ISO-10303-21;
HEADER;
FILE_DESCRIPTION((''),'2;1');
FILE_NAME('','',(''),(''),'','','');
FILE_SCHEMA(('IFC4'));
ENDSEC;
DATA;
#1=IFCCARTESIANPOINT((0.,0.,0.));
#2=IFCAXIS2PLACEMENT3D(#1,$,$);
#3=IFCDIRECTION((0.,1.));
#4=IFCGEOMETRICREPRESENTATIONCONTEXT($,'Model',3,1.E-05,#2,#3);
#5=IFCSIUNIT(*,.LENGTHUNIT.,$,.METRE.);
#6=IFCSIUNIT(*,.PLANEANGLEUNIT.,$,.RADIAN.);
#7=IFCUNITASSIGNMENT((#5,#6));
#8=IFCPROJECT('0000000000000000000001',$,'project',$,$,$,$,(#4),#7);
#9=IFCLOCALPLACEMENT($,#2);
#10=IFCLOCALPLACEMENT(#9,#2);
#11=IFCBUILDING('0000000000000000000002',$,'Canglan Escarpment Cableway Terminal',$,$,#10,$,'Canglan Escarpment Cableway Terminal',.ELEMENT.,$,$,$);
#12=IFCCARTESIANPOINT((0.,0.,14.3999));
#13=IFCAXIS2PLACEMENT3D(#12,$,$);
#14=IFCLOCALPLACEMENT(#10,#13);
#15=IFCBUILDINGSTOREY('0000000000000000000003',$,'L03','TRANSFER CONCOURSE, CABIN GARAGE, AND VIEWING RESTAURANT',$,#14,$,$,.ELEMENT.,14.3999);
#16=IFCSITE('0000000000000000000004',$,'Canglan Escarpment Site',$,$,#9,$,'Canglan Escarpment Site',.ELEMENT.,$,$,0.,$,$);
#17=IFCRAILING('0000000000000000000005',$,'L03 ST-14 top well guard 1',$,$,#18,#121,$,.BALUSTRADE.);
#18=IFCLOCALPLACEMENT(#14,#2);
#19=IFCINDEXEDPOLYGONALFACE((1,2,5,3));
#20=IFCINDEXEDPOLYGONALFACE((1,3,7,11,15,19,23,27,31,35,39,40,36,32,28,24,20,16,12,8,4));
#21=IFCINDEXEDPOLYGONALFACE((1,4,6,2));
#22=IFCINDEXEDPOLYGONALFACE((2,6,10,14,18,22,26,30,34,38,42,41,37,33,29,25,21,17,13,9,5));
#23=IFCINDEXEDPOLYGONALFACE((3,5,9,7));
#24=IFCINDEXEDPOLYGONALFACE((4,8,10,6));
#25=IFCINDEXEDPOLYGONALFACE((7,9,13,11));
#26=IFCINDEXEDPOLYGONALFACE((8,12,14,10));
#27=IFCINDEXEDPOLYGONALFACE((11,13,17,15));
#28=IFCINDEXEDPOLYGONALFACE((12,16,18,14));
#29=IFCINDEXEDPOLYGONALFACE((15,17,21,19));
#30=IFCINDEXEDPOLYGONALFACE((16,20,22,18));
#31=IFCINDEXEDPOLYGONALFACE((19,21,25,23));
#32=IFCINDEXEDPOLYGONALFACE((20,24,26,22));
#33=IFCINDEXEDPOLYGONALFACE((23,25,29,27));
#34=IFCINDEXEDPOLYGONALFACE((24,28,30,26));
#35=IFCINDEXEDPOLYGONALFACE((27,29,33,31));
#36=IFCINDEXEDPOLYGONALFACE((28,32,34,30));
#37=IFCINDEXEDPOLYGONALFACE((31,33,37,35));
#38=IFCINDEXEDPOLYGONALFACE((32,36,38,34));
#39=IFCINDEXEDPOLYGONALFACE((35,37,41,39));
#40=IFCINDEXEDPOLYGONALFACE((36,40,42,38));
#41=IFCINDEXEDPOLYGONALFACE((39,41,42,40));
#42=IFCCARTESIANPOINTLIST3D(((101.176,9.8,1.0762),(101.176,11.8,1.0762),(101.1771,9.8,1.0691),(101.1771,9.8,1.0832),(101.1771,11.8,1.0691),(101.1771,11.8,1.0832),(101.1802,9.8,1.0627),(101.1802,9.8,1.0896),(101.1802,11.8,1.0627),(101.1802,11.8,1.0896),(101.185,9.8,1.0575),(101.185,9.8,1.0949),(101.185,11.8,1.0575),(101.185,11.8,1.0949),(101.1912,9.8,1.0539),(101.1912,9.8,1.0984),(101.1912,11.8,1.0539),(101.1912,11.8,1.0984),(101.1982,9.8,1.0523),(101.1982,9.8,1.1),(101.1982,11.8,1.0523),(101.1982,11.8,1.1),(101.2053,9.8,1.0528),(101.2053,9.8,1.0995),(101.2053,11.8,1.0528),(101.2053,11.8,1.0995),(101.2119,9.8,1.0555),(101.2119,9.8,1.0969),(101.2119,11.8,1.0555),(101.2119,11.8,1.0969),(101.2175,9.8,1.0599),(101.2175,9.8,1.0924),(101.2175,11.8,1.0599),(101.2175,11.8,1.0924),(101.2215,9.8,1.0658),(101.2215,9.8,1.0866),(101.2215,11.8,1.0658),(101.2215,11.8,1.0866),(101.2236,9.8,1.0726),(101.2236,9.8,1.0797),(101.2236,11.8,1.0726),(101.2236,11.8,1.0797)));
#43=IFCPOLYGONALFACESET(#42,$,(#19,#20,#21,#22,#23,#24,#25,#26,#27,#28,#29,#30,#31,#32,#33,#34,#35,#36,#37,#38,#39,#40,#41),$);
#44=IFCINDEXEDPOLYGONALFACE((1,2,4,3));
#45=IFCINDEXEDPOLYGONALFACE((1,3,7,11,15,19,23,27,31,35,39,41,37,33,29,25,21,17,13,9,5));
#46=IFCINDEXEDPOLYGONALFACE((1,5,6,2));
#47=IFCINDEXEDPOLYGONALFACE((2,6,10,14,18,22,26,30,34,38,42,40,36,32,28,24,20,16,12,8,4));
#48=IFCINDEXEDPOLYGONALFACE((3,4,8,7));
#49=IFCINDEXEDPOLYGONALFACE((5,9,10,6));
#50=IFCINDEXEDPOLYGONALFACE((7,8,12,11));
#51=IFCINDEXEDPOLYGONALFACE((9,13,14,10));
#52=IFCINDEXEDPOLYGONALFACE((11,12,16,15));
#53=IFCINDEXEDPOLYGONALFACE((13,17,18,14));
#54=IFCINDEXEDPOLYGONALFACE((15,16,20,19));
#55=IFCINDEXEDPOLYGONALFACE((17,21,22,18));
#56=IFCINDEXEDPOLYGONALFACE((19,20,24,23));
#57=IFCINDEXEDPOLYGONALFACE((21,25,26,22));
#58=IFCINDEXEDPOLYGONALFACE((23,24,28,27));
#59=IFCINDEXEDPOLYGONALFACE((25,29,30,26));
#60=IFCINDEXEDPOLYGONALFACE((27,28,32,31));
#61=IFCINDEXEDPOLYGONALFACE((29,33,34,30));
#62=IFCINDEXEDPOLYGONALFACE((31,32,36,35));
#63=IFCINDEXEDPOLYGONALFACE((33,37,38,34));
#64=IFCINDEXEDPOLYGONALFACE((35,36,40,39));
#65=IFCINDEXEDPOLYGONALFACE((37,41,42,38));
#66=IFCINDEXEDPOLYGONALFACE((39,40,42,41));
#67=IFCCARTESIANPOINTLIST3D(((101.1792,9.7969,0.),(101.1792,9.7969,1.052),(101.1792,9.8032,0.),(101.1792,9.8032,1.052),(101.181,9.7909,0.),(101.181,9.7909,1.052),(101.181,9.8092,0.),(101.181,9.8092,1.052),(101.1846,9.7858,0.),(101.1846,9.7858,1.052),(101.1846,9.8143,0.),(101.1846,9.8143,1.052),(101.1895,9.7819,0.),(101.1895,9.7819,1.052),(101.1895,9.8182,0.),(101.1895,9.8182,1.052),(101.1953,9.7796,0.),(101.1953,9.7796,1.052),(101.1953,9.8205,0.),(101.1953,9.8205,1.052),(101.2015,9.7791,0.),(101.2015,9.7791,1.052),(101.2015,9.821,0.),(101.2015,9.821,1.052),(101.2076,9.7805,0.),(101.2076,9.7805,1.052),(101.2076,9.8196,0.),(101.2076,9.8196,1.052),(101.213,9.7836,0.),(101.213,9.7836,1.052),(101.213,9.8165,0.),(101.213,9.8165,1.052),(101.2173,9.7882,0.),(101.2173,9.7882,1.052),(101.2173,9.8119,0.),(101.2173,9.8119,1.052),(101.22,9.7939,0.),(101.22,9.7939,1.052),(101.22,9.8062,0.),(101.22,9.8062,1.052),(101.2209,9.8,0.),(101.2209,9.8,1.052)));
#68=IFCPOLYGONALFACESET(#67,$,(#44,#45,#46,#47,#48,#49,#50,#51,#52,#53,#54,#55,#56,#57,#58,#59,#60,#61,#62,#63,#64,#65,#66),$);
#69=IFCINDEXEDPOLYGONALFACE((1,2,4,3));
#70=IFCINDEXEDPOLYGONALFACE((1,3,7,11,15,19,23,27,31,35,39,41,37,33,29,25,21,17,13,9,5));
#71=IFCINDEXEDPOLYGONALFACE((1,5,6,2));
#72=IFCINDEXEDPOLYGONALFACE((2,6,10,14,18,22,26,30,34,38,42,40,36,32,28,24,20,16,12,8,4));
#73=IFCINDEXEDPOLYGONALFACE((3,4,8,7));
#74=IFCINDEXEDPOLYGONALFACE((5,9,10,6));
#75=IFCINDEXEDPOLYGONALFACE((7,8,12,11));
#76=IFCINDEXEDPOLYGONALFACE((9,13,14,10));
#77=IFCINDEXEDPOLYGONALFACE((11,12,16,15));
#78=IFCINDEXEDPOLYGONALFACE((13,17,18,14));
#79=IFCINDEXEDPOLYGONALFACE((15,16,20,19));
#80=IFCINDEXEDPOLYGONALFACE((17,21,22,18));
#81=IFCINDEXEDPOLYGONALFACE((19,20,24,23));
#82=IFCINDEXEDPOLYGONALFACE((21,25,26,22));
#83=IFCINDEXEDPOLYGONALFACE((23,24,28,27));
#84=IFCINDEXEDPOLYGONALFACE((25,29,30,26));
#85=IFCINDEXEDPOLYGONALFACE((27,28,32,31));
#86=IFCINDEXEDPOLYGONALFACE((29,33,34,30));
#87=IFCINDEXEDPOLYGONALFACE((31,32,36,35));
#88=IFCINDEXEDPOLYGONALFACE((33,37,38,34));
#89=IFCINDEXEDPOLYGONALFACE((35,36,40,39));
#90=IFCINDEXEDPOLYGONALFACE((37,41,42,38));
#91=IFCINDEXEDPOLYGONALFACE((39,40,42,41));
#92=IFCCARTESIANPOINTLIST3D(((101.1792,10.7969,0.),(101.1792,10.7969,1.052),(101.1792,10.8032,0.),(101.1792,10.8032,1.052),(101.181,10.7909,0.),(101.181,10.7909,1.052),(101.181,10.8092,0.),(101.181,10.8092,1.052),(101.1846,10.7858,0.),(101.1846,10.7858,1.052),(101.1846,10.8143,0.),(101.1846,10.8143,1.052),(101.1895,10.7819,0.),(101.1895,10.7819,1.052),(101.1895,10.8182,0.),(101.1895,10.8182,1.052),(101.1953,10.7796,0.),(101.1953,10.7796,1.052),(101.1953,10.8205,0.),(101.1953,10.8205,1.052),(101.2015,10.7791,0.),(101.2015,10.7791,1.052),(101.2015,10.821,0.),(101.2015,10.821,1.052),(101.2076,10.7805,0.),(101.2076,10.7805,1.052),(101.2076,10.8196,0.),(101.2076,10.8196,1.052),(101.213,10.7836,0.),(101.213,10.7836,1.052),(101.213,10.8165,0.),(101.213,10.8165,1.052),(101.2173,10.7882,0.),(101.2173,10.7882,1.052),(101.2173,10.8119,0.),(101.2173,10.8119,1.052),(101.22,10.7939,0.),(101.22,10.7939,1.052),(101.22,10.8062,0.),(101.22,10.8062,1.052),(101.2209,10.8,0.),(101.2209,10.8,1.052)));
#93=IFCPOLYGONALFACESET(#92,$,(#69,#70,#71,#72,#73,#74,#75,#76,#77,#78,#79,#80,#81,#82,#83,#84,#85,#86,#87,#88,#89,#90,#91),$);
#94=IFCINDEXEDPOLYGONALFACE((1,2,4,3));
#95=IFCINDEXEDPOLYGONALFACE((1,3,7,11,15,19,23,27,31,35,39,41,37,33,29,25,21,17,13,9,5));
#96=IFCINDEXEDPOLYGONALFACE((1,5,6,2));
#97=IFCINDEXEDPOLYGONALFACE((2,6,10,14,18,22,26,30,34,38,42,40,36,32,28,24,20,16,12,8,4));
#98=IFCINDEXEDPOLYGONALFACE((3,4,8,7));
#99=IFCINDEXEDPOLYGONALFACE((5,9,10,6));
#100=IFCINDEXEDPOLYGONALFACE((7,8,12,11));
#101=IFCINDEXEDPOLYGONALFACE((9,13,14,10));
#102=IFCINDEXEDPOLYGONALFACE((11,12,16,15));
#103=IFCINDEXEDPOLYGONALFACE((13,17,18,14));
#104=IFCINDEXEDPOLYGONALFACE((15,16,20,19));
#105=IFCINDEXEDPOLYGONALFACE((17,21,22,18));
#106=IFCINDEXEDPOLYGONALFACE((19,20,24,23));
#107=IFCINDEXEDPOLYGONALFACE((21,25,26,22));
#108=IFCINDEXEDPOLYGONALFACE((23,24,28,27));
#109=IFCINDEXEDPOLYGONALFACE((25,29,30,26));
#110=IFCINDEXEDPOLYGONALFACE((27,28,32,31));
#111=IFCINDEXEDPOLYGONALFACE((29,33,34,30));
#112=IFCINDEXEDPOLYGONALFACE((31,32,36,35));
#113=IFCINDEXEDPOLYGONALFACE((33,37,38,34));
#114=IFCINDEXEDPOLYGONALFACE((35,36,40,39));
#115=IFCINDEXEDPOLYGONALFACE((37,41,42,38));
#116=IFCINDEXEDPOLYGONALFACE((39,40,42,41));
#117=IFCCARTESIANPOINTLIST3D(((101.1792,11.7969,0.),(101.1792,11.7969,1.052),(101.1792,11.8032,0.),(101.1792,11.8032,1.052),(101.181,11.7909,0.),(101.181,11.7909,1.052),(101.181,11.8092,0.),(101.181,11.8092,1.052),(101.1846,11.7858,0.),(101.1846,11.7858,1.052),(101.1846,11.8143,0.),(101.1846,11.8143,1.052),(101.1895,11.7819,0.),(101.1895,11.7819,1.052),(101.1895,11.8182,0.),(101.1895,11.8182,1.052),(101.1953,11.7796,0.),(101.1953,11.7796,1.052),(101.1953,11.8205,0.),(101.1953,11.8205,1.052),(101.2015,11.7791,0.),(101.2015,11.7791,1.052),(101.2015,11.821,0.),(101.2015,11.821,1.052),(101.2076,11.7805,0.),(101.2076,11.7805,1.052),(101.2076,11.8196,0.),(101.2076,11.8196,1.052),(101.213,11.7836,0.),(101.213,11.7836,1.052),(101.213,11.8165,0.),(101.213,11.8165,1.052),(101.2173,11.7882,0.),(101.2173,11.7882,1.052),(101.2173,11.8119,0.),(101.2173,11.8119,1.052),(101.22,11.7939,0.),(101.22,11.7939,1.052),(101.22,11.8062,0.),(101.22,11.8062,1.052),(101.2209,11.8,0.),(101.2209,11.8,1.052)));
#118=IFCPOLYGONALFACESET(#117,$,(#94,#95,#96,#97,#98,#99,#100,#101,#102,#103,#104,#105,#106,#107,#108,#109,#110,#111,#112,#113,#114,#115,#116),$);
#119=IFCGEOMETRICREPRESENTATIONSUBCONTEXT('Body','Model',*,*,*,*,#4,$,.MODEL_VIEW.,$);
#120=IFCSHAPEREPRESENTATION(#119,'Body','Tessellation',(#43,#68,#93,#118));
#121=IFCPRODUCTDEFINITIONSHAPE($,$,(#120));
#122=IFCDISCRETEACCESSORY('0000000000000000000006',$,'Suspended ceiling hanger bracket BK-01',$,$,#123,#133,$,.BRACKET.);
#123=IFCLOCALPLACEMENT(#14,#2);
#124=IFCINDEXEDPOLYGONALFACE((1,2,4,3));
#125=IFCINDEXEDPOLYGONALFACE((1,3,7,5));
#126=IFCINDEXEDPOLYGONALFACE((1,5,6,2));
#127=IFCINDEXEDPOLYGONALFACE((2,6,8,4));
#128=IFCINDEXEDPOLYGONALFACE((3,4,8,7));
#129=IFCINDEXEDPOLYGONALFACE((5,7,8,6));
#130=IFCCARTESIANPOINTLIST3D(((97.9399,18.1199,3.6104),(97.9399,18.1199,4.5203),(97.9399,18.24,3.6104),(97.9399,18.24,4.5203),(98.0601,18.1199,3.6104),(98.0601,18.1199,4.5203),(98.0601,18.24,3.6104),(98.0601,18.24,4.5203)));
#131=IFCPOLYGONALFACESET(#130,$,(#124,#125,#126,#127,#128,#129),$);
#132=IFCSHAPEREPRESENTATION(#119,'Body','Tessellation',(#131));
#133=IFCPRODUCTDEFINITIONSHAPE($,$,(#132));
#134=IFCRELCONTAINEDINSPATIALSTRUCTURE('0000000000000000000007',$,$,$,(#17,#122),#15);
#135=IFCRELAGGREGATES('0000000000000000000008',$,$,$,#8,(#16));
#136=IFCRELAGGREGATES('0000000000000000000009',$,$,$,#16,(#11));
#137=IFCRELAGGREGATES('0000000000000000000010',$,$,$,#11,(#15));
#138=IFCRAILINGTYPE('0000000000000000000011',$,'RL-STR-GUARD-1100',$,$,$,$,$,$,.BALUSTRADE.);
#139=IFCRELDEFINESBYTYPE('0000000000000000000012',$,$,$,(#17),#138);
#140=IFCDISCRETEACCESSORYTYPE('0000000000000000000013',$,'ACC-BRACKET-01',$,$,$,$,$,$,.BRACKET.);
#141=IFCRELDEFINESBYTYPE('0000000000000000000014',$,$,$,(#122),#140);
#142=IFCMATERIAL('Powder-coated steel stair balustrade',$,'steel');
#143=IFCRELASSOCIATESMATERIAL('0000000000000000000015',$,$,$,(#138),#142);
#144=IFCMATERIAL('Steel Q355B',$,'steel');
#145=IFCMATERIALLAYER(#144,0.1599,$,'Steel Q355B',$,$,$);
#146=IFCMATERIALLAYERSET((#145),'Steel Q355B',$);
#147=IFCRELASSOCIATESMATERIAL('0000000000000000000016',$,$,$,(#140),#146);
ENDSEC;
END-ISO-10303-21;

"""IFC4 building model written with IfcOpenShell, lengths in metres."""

from ifc_helpers import new_model, si_unit, direction, frame, origin, origin_2d, place, context, subcontext, project, spatial, rectangle, circle, extrude, material, layer, layer_set, type_object, element, save


model = new_model("IFC4")

# Units and contexts
model_context = context("Model", 3, precision=1e-05, world=origin(), true_north=direction((0.0, 1.0)))
body_context = subcontext(model_context, "Body", "Model", "MODEL_VIEW")
ifc_project = project(units=[si_unit("LENGTHUNIT", "METRE"), si_unit("PLANEANGLEUNIT", "RADIAN")], contexts=[model_context])

# Site, building, storey
site_placement = place(None, origin())
site = spatial("IfcSite", under=ifc_project, at=site_placement, Name="Canglan Escarpment Site", LongName="Canglan Escarpment Site", CompositionType="ELEMENT", RefElevation=0.0)
building_placement = place(site_placement, origin())
building = spatial("IfcBuilding", under=site, at=building_placement, Name="Canglan Escarpment Cableway Terminal", LongName="Canglan Escarpment Cableway Terminal", CompositionType="ELEMENT")
storey_placement = place(building_placement, frame((0.0, 0.0, 14.3999)))
storey = spatial("IfcBuildingStorey", under=building, at=storey_placement, Name="L03", Description="TRANSFER CONCOURSE, CABIN GARAGE, AND VIEWING RESTAURANT", CompositionType="ELEMENT", Elevation=14.3999)

# Railing
ifc_material_1 = material(Name="Powder-coated steel stair balustrade", Category="steel")
railing_type = type_object("IfcRailingType", Name="RL-STR-GUARD-1100", PredefinedType="BALUSTRADE", material=ifc_material_1)
railing_placement = place(storey_placement, frame((101.2, 9.8, 0.0)))
element("IfcRailing", 1, at=railing_placement, inside=storey, type_object=railing_type, Name="L03 ST-14 top well guard 1", PredefinedType="BALUSTRADE", context=body_context, shape_type="SweptSolid", body=[
    extrude(circle(Radius=0.0239, at=origin_2d()), frame((0.0, 0.0, 1.0762), z_axis=(0.0, 1.0, 0.0), x_axis=(-1.0, 0.0, 0.0)), (0.0, 0.0, 1.0), 2.0),
    extrude(circle(Radius=0.021, at=origin_2d()), origin(), (0.0, 0.0, 1.0), 1.052),
    extrude(circle(Radius=0.021, at=origin_2d()), frame((0.0, 1.0, 0.0)), (0.0, 0.0, 1.0), 1.052),
    extrude(circle(Radius=0.021, at=origin_2d()), frame((0.0, 2.0, 0.0)), (0.0, 0.0, 1.0), 1.052),
])

# Discrete accessory
ifc_material_2 = material(Name="Steel Q355B", Category="steel")
ifc_layer_1 = layer(ifc_material_2, 0.1599, Name="Steel Q355B")
ifc_layer_set_1 = layer_set([ifc_layer_1], Name="Steel Q355B")
discrete_accessory_type = type_object("IfcDiscreteAccessoryType", Name="ACC-BRACKET-01", PredefinedType="BRACKET", material=ifc_layer_set_1)
discrete_accessory_placement = place(storey_placement, frame((98.0, 18.1799, 3.6104), z_axis=(0.0, 0.0, 1.0), x_axis=(1.0, 0.0, 0.0)))
element("IfcDiscreteAccessory", 2, at=discrete_accessory_placement, inside=storey, type_object=discrete_accessory_type, Name="Suspended ceiling hanger bracket BK-01", PredefinedType="BRACKET", context=body_context, shape_type="SweptSolid", body=[
    extrude(rectangle(XDim=0.1201, YDim=0.1201, at=origin_2d()), origin(), (0.0, 0.0, 1.0), 0.9099),
])

save(model, "model.ifc")
